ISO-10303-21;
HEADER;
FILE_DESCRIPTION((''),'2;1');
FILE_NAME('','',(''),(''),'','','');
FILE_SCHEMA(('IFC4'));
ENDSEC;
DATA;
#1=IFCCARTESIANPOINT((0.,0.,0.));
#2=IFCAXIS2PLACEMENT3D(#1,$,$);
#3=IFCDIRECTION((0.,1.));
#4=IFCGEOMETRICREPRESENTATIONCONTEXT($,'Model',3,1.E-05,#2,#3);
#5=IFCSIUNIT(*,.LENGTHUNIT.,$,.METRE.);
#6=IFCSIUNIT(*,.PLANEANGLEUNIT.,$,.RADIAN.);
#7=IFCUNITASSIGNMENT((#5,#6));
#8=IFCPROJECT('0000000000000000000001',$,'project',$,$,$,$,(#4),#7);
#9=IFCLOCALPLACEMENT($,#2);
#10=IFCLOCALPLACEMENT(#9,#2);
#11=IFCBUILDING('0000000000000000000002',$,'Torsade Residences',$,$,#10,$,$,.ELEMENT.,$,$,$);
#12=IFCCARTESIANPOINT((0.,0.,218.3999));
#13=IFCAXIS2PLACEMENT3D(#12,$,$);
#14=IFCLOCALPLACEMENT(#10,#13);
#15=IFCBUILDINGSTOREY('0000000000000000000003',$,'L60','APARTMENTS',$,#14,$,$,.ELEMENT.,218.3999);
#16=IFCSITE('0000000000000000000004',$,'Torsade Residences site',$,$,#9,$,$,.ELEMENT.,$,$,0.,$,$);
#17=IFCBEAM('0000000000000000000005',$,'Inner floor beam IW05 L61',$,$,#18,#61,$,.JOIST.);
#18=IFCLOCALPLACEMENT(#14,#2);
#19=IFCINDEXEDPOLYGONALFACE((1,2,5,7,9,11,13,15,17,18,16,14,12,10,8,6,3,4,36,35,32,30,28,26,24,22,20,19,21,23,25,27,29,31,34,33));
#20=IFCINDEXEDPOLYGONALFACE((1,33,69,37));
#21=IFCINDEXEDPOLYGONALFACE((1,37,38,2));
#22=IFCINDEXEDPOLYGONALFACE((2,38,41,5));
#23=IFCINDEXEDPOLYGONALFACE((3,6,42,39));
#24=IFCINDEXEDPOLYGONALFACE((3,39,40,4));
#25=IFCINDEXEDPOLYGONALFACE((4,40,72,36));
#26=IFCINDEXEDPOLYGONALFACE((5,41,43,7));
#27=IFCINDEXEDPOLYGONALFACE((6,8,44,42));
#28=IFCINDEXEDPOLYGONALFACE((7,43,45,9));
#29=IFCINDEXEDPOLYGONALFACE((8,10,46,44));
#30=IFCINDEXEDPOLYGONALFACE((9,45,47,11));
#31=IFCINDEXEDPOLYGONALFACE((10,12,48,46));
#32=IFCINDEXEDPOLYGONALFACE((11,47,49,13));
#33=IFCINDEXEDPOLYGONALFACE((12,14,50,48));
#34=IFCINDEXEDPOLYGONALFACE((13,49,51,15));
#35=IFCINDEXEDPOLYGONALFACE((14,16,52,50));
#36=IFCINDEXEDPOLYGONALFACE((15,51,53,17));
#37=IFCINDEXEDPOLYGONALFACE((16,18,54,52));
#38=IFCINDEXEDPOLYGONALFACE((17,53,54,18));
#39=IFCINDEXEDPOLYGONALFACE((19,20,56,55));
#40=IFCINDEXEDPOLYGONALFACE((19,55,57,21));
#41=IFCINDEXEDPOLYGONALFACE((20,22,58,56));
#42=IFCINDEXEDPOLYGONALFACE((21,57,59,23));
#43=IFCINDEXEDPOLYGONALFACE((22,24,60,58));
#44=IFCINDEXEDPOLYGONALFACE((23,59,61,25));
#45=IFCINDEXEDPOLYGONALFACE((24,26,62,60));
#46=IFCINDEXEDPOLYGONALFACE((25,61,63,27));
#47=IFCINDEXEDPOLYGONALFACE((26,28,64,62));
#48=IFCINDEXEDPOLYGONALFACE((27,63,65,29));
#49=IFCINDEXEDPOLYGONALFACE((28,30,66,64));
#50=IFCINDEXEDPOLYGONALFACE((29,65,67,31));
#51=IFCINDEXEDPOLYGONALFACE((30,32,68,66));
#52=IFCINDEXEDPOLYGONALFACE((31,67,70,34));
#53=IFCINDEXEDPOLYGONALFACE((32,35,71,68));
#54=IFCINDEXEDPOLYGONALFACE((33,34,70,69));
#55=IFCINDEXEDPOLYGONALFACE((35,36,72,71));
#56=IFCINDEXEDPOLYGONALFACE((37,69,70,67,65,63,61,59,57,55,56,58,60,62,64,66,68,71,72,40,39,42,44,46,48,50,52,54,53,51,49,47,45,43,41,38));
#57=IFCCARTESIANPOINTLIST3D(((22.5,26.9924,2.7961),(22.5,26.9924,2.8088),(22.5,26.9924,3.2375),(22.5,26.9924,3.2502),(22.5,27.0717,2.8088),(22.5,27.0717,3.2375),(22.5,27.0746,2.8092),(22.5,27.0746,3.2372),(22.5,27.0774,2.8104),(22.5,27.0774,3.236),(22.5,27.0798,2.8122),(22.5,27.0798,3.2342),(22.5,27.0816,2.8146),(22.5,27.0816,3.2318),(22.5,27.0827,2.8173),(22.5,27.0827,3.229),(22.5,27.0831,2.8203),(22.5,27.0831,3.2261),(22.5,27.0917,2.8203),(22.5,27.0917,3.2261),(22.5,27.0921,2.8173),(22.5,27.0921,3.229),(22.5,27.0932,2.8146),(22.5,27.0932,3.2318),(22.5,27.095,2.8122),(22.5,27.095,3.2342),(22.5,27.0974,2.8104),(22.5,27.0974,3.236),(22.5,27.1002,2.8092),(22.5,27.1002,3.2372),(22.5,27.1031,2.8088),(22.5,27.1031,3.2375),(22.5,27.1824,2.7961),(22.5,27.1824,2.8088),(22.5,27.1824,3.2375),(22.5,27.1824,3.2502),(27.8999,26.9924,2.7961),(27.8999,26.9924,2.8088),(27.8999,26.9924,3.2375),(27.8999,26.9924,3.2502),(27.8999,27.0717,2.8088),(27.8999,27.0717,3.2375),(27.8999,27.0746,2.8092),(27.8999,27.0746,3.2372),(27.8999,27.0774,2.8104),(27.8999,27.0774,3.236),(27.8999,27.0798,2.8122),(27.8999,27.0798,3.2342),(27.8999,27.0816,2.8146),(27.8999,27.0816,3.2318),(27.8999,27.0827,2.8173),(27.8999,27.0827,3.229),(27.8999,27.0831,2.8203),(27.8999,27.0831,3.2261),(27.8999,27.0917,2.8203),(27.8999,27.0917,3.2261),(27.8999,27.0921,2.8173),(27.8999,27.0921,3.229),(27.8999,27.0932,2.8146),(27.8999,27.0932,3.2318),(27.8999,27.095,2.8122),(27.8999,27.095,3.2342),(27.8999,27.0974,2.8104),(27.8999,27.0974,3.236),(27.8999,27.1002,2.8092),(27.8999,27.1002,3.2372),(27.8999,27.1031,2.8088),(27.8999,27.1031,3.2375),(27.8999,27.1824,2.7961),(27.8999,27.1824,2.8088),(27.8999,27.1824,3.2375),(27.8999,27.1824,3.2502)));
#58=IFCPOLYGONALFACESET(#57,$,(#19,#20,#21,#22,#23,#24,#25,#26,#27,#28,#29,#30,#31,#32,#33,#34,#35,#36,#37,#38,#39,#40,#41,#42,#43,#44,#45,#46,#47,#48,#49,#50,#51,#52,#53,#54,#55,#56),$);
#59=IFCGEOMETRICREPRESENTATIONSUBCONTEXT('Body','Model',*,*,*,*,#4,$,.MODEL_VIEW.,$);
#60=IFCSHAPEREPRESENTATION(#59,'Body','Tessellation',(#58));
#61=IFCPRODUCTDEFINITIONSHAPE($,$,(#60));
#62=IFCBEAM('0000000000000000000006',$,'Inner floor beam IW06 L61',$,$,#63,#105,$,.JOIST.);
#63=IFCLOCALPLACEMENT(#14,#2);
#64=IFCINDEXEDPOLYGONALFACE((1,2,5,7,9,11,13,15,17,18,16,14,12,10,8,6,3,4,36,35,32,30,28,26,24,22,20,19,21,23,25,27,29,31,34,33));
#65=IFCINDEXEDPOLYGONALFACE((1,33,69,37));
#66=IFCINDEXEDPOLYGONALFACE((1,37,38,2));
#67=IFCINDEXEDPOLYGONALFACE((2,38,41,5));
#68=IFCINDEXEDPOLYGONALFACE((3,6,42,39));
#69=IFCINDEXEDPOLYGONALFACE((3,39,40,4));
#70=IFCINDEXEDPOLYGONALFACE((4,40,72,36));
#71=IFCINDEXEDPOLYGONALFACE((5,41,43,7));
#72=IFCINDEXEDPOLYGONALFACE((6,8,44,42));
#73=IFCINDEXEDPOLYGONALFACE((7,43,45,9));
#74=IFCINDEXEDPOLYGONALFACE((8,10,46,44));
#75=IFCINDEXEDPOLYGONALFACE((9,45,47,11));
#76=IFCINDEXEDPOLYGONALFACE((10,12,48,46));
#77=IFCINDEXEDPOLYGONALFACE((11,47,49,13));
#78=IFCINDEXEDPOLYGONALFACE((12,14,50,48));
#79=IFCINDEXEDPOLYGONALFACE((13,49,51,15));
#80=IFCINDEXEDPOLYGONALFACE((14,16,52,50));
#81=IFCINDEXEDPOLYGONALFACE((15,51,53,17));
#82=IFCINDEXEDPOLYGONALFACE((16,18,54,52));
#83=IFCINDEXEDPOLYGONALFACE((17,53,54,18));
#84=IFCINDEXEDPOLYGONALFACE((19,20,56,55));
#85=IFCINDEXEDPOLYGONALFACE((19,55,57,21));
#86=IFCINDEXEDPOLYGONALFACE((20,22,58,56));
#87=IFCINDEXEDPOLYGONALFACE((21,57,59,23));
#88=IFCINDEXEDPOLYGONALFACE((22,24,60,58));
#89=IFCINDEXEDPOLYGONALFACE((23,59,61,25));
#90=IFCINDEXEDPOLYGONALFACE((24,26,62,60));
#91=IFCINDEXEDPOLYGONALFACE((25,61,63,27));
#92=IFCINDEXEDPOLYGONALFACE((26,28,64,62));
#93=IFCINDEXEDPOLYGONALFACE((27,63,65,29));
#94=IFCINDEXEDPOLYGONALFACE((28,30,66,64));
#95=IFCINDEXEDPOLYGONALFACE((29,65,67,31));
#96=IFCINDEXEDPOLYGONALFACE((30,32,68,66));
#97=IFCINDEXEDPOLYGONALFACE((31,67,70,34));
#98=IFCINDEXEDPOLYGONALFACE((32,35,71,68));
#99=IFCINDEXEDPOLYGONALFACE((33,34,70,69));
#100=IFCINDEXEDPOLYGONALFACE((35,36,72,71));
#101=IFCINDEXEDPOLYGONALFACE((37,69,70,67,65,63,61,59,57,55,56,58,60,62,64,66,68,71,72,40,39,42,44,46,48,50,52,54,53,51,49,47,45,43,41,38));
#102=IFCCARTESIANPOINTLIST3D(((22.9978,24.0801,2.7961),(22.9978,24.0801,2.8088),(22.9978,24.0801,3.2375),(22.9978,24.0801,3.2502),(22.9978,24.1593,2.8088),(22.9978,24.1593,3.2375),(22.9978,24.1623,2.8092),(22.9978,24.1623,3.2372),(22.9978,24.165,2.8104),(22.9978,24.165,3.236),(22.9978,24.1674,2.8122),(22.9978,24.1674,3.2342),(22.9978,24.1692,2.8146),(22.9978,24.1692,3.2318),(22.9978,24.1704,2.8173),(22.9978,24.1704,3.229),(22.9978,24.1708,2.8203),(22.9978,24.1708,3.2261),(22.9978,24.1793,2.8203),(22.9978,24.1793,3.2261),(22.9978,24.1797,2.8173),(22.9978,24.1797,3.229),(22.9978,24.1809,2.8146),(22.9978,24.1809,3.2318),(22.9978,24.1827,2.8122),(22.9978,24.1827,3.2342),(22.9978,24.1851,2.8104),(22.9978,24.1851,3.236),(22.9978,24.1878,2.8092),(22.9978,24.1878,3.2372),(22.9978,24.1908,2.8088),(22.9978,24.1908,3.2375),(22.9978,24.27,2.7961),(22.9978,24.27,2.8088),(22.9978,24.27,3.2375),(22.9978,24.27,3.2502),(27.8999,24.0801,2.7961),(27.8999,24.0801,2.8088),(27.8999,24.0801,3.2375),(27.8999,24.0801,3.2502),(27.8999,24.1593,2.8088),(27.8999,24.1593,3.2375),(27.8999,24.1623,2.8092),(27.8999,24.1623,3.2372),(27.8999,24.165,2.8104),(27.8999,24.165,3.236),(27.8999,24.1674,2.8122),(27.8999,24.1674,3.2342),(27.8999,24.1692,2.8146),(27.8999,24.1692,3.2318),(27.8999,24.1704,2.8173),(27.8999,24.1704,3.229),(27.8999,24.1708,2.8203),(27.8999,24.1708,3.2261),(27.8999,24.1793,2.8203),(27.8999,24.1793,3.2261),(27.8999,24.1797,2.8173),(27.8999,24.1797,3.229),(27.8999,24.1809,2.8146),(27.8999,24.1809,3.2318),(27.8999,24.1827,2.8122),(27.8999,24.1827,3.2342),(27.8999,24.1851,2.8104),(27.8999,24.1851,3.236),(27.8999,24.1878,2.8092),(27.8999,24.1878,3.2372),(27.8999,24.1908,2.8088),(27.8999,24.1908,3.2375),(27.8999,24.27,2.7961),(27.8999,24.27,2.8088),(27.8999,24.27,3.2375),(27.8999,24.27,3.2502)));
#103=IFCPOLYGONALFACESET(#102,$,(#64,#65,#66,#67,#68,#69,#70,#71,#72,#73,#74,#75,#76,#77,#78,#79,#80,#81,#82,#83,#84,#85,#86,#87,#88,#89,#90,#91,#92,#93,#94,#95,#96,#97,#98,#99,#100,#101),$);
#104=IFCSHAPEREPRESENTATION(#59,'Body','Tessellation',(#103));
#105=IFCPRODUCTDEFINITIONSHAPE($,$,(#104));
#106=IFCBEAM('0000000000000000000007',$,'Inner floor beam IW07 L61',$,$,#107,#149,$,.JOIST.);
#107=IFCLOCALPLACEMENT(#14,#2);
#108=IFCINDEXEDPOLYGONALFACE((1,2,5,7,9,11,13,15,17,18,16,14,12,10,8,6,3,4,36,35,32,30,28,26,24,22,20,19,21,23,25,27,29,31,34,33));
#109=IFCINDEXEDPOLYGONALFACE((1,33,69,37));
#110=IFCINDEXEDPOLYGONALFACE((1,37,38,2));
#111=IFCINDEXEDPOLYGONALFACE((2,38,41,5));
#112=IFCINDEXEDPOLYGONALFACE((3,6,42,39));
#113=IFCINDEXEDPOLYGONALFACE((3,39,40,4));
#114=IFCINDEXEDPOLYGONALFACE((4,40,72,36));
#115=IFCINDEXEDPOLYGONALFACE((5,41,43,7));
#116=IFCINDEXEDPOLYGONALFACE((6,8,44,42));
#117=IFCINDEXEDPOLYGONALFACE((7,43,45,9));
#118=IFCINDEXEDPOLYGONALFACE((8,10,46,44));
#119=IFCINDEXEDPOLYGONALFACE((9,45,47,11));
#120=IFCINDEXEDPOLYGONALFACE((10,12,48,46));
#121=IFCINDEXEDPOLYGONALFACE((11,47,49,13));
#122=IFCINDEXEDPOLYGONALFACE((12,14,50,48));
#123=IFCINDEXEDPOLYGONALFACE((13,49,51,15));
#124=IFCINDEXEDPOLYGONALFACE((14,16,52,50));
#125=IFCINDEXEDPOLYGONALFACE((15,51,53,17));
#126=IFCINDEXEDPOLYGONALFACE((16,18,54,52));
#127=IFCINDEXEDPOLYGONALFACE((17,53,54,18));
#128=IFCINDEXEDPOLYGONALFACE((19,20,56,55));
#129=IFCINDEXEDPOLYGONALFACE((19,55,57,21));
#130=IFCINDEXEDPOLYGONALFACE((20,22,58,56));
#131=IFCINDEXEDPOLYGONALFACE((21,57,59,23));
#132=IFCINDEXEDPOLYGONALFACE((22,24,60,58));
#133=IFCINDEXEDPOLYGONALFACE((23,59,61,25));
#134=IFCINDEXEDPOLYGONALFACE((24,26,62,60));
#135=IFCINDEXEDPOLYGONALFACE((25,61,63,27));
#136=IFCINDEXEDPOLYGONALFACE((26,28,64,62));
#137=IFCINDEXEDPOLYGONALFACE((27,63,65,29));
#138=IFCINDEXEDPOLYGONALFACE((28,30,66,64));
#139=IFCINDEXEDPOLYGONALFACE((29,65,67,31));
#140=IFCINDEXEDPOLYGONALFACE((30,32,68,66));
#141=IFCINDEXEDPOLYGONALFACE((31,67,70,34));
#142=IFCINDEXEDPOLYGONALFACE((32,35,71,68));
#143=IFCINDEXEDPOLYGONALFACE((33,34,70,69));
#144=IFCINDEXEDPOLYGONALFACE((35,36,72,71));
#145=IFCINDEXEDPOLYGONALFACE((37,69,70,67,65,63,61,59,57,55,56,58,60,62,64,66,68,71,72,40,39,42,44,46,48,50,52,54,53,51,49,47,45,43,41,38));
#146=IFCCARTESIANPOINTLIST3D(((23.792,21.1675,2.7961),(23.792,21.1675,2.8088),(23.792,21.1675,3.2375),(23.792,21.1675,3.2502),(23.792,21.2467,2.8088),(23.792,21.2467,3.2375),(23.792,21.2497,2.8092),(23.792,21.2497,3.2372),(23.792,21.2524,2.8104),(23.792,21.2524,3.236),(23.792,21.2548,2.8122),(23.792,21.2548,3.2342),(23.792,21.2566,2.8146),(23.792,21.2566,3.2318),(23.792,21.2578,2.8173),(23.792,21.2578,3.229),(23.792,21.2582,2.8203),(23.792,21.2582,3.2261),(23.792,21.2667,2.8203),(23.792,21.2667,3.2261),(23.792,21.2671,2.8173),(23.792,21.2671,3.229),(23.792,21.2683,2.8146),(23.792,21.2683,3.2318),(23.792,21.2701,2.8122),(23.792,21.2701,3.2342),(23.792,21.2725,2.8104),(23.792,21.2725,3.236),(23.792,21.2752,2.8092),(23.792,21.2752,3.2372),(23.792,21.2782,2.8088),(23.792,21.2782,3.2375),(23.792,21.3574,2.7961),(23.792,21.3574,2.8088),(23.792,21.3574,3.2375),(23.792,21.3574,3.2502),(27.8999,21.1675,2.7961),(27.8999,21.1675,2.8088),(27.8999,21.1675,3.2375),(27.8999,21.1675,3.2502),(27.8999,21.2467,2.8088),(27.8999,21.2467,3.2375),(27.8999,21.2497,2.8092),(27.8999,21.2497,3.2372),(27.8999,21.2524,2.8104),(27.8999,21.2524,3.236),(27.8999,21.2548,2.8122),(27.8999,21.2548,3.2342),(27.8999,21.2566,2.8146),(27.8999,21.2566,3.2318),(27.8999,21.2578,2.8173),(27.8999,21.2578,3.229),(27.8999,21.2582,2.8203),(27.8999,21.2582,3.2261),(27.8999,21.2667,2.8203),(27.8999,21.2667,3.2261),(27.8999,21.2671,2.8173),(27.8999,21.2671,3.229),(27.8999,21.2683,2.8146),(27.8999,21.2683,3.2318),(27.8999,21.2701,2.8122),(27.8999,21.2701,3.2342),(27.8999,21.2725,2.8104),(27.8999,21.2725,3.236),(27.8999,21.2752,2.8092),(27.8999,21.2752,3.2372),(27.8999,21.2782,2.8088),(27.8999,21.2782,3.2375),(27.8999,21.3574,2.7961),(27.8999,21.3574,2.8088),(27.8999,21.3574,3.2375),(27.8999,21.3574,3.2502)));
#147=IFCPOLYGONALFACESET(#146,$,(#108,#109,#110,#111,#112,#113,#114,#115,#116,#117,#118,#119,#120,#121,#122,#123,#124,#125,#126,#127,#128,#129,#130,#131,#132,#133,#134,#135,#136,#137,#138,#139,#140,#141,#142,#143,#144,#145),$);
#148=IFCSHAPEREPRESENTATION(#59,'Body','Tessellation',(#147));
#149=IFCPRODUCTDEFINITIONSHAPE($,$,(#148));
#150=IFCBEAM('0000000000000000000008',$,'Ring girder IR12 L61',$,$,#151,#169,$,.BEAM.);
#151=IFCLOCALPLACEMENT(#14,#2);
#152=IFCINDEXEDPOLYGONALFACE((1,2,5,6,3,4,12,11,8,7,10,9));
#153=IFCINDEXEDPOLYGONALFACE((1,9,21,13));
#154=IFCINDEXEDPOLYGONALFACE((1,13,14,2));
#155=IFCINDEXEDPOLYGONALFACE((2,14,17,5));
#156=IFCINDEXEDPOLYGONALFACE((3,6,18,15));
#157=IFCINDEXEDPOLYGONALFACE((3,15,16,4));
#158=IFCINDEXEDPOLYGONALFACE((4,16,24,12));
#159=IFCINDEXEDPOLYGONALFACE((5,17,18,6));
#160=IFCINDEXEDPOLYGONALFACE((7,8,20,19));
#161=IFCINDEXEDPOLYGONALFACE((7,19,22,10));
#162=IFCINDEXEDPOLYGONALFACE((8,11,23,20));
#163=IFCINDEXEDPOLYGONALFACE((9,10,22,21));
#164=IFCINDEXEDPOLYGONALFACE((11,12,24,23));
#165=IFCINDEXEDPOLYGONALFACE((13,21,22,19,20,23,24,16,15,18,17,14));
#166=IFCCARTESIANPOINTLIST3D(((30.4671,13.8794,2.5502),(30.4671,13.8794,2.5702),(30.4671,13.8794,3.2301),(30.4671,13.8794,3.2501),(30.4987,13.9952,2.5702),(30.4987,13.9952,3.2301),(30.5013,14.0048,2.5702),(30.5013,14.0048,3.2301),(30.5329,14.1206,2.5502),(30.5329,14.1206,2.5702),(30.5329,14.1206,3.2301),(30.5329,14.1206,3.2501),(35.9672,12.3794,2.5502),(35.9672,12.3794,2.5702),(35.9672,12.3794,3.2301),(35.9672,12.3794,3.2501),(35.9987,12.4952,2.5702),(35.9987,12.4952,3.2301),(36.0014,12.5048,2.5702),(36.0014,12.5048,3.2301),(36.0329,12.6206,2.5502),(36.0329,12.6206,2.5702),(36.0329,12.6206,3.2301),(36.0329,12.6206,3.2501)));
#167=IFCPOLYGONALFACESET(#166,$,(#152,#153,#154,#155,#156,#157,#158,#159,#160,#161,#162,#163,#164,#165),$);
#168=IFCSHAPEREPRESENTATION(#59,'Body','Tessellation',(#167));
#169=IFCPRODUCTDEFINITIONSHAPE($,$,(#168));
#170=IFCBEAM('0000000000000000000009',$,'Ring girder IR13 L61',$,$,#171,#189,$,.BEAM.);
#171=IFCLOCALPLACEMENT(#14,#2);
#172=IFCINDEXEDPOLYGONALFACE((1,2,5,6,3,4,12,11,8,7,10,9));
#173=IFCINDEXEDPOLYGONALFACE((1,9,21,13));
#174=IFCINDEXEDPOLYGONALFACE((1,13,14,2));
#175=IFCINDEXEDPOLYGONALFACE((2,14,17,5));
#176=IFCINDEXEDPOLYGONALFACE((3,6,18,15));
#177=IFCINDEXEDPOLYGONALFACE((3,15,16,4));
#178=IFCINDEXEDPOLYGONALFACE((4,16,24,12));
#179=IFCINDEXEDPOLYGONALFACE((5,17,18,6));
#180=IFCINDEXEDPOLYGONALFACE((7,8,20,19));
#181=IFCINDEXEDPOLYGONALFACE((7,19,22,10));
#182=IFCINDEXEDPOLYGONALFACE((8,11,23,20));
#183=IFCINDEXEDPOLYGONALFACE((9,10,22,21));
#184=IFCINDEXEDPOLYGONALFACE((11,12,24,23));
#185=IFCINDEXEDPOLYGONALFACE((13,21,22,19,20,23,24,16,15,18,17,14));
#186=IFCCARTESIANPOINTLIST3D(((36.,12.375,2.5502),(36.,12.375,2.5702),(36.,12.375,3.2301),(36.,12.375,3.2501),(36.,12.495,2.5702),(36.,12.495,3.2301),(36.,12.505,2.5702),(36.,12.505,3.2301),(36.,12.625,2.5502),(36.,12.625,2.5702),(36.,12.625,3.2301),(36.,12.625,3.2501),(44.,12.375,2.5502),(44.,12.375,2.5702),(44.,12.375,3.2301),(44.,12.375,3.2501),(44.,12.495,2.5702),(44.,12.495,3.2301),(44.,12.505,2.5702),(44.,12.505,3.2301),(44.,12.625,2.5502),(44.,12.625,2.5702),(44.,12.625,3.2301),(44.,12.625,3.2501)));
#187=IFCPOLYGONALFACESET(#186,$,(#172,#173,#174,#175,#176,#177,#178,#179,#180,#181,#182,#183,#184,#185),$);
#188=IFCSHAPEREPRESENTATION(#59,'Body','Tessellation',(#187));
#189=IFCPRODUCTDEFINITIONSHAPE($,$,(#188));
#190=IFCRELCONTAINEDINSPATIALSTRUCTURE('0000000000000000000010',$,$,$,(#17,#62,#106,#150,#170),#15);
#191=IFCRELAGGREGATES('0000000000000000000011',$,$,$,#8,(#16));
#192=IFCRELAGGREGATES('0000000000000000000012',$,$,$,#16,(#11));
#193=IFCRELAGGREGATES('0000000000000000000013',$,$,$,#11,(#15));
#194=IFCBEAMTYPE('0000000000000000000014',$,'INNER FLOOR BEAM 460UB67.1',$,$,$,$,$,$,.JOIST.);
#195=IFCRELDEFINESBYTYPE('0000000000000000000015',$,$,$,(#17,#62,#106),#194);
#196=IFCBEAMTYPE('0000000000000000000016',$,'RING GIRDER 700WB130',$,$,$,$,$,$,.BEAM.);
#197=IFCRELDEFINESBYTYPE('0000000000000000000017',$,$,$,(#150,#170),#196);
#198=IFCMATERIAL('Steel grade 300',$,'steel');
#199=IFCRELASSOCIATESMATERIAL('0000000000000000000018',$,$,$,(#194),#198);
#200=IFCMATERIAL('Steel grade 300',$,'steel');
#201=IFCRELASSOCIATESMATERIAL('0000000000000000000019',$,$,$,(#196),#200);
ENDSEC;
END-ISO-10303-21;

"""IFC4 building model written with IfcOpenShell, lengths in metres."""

from ifc_helpers import new_model, si_unit, direction, frame, origin, origin_2d, place, context, subcontext, project, spatial, i_section, extrude, material, material_profile, profile_set, type_object, element, save


model = new_model("IFC4")

# Units and contexts
model_context = context("Model", 3, precision=1e-05, world=origin(), true_north=direction((0.0, 1.0)))
body_context = subcontext(model_context, "Body", "Model", "MODEL_VIEW")
ifc_project = project(units=[si_unit("LENGTHUNIT", "METRE"), si_unit("PLANEANGLEUNIT", "RADIAN")], contexts=[model_context])

# Site, building, storey
site_placement = place(None, origin())
site = spatial("IfcSite", under=ifc_project, at=site_placement, Name="Torsade Residences site", CompositionType="ELEMENT", RefElevation=0.0)
building_placement = place(site_placement, origin())
building = spatial("IfcBuilding", under=site, at=building_placement, Name="Torsade Residences", CompositionType="ELEMENT")
storey_placement = place(building_placement, frame((0.0, 0.0, 218.3999)))
storey = spatial("IfcBuildingStorey", under=building, at=storey_placement, Name="L60", Description="APARTMENTS", CompositionType="ELEMENT", Elevation=218.3999)

# Beams
ifc_material_1 = material(Name="Steel grade 300", Category="steel")
ifc_material_profile_1 = material_profile(ifc_material_1, i_section(OverallWidth=0.1899, OverallDepth=0.4541, WebThickness=0.0085, FlangeThickness=0.0127, FilletRadius=0.0115, at=origin_2d()), Name="460UB67.1")
ifc_profile_set_1 = profile_set([ifc_material_profile_1], Name="Steel grade 300")
beam_type_1 = type_object("IfcBeamType", Name="INNER FLOOR BEAM 460UB67.1", PredefinedType="JOIST", material=ifc_profile_set_1)
beam_1_placement = place(storey_placement, frame((27.8999, 27.0874, 3.0232), z_axis=(-1.0, 0.0, 0.0), x_axis=(0.0, -1.0, 0.0)))
element("IfcBeam", 1, at=beam_1_placement, inside=storey, type_object=beam_type_1, Name="Inner floor beam IW05 L61", PredefinedType="JOIST", context=body_context, shape_type="SweptSolid", body=[
    extrude(i_section(OverallWidth=0.1899, OverallDepth=0.4541, WebThickness=0.0085, FlangeThickness=0.0127, FilletRadius=0.0115, at=origin_2d()), origin(), (0.0, 0.0, 1.0), 5.3999),
])
beam_2_placement = place(storey_placement, frame((27.8999, 24.175, 3.0232), z_axis=(-1.0, 0.0, 0.0), x_axis=(0.0, -1.0, 0.0)))
element("IfcBeam", 2, at=beam_2_placement, inside=storey, type_object=beam_type_1, Name="Inner floor beam IW06 L61", PredefinedType="JOIST", context=body_context, shape_type="SweptSolid", body=[
    extrude(i_section(OverallWidth=0.1899, OverallDepth=0.4541, WebThickness=0.0085, FlangeThickness=0.0127, FilletRadius=0.0115, at=origin_2d()), origin(), (0.0, 0.0, 1.0), 4.9021),
])
beam_3_placement = place(storey_placement, frame((27.8999, 21.2625, 3.0232), z_axis=(-1.0, 0.0, 0.0), x_axis=(0.0, -1.0, 0.0)))
element("IfcBeam", 3, at=beam_3_placement, inside=storey, type_object=beam_type_1, Name="Inner floor beam IW07 L61", PredefinedType="JOIST", context=body_context, shape_type="SweptSolid", body=[
    extrude(i_section(OverallWidth=0.1899, OverallDepth=0.4541, WebThickness=0.0085, FlangeThickness=0.0127, FilletRadius=0.0115, at=origin_2d()), origin(), (0.0, 0.0, 1.0), 4.1079),
])
ifc_material_2 = material(Name="Steel grade 300", Category="steel")
ifc_material_profile_2 = material_profile(ifc_material_2, i_section(OverallWidth=0.25, OverallDepth=0.7, WebThickness=0.01, FlangeThickness=0.02, at=origin_2d()), Name="700WB130")
ifc_profile_set_2 = profile_set([ifc_material_profile_2], Name="Steel grade 300")
beam_type_2 = type_object("IfcBeamType", Name="RING GIRDER 700WB130", PredefinedType="BEAM", material=ifc_profile_set_2)
beam_4_placement = place(storey_placement, frame((30.5, 14.0, 2.9001), z_axis=(0.964764, -0.263117, 0.0), x_axis=(0.263117, 0.964764, 0.0)))
element("IfcBeam", 4, at=beam_4_placement, inside=storey, type_object=beam_type_2, Name="Ring girder IR12 L61", PredefinedType="BEAM", context=body_context, shape_type="SweptSolid", body=[
    extrude(i_section(OverallWidth=0.25, OverallDepth=0.7, WebThickness=0.01, FlangeThickness=0.02, at=origin_2d()), origin(), (0.0, 0.0, 1.0), 5.7009),
])
beam_5_placement = place(storey_placement, frame((36.0, 12.5, 2.9001), z_axis=(1.0, 0.0, 0.0), x_axis=(0.0, 1.0, 0.0)))
element("IfcBeam", 5, at=beam_5_placement, inside=storey, type_object=beam_type_2, Name="Ring girder IR13 L61", PredefinedType="BEAM", context=body_context, shape_type="SweptSolid", body=[
    extrude(i_section(OverallWidth=0.25, OverallDepth=0.7, WebThickness=0.01, FlangeThickness=0.02, at=origin_2d()), origin(), (0.0, 0.0, 1.0), 8.0),
])

save(model, "model.ifc")
